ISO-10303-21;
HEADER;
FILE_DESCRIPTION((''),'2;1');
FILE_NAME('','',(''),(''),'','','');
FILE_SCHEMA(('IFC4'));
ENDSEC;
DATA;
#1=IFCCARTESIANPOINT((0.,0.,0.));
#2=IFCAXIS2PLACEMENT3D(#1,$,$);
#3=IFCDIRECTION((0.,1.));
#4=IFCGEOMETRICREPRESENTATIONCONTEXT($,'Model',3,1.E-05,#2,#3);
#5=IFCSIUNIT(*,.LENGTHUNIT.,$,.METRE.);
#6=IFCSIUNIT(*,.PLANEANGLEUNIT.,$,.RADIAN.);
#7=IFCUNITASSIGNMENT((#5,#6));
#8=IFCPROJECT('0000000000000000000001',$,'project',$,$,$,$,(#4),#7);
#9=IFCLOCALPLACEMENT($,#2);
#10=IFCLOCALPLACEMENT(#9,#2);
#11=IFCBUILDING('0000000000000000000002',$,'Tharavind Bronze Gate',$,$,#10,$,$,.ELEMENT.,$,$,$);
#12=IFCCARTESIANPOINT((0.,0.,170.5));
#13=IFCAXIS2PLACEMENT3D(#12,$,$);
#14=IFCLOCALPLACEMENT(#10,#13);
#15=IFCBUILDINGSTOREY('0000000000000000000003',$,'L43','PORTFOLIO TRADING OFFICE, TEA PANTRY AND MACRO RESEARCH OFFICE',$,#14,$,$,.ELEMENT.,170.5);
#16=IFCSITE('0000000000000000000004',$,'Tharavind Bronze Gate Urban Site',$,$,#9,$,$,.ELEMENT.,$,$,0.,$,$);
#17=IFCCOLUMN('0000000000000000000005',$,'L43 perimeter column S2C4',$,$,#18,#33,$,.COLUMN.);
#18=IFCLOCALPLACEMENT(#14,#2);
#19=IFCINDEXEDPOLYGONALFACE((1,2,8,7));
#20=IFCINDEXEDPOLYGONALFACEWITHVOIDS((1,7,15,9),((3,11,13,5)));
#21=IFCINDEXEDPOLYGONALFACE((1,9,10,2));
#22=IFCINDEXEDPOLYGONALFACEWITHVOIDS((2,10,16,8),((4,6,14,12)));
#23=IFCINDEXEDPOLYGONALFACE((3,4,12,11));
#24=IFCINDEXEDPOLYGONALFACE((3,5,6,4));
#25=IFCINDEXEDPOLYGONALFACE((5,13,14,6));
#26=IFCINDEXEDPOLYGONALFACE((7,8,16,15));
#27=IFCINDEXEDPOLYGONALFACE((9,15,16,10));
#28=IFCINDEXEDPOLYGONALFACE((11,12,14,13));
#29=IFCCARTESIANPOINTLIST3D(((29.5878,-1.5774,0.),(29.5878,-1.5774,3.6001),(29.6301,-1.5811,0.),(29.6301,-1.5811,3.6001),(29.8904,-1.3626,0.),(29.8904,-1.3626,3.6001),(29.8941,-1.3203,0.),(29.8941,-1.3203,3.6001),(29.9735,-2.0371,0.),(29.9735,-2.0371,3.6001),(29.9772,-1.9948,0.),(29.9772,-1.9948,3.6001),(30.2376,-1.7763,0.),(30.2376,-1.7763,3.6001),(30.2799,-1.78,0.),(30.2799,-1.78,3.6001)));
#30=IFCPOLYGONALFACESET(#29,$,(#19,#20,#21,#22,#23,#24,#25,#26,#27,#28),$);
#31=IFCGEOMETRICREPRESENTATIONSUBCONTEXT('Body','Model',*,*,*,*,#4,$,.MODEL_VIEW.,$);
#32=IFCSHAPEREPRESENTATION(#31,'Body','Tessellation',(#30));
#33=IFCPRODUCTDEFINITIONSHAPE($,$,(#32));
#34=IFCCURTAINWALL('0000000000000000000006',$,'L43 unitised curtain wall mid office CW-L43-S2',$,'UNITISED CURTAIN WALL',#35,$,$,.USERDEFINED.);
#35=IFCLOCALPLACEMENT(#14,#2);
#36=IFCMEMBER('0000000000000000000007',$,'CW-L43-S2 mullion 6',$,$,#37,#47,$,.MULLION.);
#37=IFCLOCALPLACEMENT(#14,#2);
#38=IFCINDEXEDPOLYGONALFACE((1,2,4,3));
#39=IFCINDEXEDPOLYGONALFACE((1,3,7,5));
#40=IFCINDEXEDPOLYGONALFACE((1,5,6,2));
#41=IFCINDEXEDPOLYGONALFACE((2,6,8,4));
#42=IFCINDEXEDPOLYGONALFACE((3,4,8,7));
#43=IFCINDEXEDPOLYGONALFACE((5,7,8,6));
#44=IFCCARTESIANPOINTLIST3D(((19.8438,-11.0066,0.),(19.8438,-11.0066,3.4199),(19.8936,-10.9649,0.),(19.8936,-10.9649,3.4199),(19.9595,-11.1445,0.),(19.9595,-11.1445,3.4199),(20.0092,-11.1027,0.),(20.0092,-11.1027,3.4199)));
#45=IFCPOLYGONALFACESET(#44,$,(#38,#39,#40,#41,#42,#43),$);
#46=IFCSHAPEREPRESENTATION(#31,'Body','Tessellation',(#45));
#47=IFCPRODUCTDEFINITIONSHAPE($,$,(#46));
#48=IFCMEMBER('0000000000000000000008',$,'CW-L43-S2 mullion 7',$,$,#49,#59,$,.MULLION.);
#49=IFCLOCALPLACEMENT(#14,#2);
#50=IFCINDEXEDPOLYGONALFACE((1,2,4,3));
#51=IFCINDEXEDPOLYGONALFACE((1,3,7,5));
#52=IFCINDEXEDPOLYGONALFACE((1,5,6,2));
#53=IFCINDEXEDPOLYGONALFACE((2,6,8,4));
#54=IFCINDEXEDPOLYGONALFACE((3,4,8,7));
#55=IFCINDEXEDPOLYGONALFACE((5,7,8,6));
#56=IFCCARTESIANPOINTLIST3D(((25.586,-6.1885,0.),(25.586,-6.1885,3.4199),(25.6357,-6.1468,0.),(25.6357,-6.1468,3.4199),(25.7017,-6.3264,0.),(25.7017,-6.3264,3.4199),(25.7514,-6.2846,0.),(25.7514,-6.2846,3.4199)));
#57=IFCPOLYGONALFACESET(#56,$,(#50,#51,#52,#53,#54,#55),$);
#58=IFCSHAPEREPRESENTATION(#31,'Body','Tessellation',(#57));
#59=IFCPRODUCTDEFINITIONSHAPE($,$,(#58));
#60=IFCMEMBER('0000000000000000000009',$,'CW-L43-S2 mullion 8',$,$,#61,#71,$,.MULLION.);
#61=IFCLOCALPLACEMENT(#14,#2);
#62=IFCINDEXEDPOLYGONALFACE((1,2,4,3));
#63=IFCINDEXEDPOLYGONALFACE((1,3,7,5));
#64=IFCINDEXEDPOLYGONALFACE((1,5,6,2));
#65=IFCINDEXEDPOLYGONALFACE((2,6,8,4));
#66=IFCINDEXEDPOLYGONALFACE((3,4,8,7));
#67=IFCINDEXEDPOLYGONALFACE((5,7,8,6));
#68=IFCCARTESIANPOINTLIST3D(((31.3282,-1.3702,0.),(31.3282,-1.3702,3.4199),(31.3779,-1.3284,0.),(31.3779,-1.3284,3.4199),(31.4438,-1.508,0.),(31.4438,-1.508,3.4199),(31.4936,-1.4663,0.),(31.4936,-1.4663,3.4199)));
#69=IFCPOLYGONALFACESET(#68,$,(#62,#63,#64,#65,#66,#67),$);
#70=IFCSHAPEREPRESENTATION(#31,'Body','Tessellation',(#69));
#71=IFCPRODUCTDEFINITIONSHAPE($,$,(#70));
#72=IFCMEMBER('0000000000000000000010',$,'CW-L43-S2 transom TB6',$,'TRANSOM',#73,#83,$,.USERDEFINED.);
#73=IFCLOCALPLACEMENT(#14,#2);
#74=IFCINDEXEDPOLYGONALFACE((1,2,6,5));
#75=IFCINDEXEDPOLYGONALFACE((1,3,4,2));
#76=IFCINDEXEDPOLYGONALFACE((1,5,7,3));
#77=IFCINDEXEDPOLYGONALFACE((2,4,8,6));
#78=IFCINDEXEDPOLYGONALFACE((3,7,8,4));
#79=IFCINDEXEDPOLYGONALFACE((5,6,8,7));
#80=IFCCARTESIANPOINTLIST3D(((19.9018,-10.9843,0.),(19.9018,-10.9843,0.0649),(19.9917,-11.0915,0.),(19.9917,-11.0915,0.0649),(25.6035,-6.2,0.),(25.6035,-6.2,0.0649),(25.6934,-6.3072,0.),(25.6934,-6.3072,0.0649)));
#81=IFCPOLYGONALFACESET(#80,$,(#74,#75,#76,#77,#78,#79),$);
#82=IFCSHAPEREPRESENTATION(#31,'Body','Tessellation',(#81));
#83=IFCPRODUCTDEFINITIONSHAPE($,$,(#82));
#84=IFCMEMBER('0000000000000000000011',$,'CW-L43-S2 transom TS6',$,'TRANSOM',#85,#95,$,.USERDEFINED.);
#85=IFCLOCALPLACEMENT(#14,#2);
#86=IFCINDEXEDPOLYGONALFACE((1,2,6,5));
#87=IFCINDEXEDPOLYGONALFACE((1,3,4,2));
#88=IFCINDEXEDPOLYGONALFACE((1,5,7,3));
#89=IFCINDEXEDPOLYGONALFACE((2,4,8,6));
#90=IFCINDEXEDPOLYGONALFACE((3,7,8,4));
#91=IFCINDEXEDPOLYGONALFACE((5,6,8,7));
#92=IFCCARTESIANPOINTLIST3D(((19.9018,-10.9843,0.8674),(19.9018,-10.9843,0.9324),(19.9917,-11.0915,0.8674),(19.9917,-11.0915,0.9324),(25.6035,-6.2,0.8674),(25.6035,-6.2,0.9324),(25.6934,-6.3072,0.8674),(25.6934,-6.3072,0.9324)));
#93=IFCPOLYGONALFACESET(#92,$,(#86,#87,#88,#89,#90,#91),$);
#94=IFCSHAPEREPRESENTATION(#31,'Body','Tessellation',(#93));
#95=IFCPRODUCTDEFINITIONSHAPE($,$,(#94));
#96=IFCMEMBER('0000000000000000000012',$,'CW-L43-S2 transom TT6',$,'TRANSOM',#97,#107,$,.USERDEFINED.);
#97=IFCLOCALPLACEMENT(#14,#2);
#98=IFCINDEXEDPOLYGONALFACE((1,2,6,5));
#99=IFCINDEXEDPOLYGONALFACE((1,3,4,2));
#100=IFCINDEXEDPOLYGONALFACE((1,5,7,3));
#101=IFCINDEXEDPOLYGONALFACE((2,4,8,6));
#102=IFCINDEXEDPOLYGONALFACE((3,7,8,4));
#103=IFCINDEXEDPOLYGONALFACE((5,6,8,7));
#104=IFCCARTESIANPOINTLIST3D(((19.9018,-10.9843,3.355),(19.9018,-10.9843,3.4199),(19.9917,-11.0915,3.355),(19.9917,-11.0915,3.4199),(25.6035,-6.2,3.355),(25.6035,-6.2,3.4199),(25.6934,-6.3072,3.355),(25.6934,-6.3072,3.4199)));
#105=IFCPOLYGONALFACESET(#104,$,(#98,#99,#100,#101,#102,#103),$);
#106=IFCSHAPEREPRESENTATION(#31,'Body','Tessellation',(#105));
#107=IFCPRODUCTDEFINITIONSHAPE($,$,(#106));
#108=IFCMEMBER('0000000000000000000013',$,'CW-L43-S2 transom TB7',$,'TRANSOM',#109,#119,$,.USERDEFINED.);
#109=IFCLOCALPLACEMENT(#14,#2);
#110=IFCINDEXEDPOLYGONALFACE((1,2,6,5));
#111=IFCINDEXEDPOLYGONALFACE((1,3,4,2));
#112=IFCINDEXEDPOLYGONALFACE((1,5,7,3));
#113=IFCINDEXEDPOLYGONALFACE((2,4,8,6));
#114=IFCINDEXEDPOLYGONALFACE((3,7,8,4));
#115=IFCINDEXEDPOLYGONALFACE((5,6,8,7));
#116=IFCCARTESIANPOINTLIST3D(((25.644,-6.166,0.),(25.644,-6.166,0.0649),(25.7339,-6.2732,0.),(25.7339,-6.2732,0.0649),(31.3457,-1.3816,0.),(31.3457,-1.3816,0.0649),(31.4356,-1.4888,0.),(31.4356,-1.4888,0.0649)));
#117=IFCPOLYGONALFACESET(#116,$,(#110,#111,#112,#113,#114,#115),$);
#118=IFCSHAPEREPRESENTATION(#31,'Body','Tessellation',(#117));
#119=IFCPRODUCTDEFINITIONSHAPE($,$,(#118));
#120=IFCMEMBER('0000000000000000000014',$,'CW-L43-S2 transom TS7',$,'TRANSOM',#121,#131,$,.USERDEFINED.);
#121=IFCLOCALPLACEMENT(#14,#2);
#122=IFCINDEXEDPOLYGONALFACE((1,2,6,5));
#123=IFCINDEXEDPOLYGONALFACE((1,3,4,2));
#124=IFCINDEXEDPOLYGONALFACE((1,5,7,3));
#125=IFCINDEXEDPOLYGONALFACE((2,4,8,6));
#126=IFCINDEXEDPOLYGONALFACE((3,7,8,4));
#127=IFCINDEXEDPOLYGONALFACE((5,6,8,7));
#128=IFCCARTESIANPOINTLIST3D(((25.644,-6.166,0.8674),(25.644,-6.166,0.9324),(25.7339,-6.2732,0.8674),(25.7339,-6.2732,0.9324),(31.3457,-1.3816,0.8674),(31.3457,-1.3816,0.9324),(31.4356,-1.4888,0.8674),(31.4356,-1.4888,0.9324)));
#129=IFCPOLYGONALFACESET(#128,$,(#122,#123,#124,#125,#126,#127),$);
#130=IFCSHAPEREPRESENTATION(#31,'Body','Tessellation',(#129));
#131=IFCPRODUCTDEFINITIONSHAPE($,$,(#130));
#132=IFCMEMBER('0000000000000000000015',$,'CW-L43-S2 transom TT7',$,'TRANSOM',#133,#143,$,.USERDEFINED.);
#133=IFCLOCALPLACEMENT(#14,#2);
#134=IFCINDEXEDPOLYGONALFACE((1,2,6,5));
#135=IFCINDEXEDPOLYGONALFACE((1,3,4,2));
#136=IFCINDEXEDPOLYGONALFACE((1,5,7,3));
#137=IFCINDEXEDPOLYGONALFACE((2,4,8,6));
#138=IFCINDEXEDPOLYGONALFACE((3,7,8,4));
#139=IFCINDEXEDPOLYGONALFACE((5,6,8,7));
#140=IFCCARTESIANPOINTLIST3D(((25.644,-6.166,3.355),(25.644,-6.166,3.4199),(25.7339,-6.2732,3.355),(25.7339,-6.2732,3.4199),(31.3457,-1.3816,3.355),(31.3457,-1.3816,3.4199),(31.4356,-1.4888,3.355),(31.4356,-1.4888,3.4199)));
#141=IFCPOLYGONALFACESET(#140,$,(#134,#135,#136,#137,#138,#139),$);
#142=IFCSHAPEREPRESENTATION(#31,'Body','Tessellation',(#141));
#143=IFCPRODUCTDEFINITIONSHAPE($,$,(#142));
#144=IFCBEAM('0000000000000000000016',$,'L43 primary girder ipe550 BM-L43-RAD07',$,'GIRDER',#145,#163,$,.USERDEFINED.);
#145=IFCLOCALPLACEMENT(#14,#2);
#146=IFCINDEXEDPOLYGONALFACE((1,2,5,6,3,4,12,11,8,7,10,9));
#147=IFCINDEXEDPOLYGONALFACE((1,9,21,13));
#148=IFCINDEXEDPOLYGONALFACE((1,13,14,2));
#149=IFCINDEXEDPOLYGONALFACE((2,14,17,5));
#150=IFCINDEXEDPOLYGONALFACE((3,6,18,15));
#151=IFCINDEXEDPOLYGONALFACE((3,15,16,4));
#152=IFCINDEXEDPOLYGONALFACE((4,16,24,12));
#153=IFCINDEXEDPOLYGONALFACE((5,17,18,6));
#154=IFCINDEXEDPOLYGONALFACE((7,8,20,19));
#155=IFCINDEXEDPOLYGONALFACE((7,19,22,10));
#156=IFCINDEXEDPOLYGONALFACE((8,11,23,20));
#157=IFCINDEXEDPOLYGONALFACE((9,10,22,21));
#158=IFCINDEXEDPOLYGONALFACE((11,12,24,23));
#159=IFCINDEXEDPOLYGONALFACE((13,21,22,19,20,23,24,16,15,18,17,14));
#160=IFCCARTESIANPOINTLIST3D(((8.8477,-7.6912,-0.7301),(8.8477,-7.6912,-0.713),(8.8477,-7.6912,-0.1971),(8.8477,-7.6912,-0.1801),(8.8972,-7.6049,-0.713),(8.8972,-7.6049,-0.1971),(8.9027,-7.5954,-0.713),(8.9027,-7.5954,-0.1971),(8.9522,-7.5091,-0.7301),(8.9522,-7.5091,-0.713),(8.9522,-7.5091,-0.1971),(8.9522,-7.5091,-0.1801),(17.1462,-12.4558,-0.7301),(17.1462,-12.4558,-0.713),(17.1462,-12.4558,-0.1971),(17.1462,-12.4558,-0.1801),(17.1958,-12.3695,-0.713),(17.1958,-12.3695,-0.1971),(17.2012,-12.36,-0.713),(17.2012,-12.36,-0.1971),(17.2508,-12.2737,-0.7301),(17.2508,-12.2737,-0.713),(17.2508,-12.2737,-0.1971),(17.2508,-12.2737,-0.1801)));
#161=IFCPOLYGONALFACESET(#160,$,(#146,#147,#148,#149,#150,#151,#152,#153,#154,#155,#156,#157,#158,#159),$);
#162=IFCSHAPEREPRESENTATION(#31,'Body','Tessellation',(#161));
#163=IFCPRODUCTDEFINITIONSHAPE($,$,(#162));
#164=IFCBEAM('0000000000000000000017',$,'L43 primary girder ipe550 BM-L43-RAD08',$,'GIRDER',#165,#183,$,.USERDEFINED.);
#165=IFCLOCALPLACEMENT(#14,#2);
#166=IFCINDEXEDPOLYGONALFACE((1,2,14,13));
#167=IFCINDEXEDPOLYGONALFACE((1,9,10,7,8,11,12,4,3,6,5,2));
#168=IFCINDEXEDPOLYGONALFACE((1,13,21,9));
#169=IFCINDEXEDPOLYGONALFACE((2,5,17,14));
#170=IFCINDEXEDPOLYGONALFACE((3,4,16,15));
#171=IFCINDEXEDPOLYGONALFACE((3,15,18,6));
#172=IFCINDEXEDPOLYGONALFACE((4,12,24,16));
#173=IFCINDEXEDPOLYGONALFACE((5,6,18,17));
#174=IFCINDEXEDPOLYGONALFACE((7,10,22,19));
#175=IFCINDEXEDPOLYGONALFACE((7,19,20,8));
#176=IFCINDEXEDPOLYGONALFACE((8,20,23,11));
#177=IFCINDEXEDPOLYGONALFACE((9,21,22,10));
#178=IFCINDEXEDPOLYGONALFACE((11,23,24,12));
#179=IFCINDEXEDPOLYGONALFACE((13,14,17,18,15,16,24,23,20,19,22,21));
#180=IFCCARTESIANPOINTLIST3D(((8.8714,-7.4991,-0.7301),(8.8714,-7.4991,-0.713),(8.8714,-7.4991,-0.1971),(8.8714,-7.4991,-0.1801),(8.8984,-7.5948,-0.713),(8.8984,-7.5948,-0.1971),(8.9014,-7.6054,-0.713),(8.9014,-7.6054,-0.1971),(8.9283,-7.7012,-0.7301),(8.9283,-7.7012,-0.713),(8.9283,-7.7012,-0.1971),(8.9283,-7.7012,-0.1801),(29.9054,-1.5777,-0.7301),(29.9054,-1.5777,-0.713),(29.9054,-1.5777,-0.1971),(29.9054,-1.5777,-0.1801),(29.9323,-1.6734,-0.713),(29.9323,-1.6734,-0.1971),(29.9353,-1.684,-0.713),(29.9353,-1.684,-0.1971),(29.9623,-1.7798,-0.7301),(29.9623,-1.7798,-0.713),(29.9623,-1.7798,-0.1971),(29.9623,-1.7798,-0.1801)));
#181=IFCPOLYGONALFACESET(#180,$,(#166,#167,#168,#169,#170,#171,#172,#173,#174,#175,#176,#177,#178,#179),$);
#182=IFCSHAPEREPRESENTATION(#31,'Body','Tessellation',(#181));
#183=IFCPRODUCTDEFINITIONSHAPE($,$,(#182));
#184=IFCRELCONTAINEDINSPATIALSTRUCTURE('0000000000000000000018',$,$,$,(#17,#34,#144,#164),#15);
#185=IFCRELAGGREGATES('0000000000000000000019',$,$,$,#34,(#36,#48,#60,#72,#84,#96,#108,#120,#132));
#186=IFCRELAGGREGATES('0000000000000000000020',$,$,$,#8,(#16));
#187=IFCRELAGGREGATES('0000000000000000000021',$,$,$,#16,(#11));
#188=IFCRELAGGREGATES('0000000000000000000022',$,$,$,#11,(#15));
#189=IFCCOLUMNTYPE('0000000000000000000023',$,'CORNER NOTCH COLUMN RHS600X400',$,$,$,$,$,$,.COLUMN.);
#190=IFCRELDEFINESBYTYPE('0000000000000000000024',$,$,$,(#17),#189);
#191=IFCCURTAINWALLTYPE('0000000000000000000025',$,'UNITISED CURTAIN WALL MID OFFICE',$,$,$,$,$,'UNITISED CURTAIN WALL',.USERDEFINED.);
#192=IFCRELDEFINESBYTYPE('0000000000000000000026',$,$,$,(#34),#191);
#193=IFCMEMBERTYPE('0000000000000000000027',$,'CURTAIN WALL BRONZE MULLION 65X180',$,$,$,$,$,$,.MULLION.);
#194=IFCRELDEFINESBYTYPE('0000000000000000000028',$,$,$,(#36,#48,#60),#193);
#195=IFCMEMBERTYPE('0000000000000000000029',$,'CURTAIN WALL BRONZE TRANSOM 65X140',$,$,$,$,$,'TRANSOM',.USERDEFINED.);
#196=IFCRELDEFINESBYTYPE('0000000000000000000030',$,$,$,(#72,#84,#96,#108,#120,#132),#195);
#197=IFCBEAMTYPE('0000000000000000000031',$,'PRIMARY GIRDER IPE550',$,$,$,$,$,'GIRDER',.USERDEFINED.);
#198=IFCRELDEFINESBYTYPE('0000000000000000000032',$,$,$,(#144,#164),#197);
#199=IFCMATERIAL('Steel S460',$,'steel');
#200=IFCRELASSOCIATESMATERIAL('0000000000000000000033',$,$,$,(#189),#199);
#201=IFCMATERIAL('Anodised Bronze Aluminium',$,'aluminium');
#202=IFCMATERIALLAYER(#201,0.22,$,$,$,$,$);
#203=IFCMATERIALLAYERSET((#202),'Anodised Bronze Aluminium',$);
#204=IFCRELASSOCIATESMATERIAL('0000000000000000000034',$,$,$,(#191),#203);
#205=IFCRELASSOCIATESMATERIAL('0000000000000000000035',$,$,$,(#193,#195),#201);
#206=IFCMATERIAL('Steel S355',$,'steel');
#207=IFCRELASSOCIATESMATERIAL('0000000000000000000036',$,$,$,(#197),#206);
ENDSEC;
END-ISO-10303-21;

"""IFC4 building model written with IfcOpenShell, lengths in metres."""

from ifc_helpers import new_model, si_unit, direction, frame, origin, origin_2d, place, context, subcontext, project, spatial, rectangle, hollow_rectangle, i_section, extrude, material, layer, layer_set, material_profile, profile_set, type_object, element, aggregate, save


model = new_model("IFC4")

# Units and contexts
model_context = context("Model", 3, precision=1e-05, world=origin(), true_north=direction((0.0, 1.0)))
body_context = subcontext(model_context, "Body", "Model", "MODEL_VIEW")
ifc_project = project(units=[si_unit("LENGTHUNIT", "METRE"), si_unit("PLANEANGLEUNIT", "RADIAN")], contexts=[model_context])

# Site, building, storey
site_placement = place(None, origin())
site = spatial("IfcSite", under=ifc_project, at=site_placement, Name="Tharavind Bronze Gate Urban Site", CompositionType="ELEMENT", RefElevation=0.0)
building_placement = place(site_placement, origin())
building = spatial("IfcBuilding", under=site, at=building_placement, Name="Tharavind Bronze Gate", CompositionType="ELEMENT")
storey_placement = place(building_placement, frame((0.0, 0.0, 170.5)))
storey = spatial("IfcBuildingStorey", under=building, at=storey_placement, Name="L43", Description="PORTFOLIO TRADING OFFICE, TEA PANTRY AND MACRO RESEARCH OFFICE", CompositionType="ELEMENT", Elevation=170.5)

# Column
ifc_material_1 = material(Name="Steel S460", Category="steel")
ifc_material_profile_1 = material_profile(ifc_material_1, hollow_rectangle(XDim=0.3999, YDim=0.6001, WallThickness=0.03, at=origin_2d()), Name="RHS600X400X30")
ifc_profile_set_1 = profile_set([ifc_material_profile_1], Name="Steel S460")
column_type = type_object("IfcColumnType", Name="CORNER NOTCH COLUMN RHS600X400", PredefinedType="COLUMN", material=ifc_profile_set_1)
column_placement = place(storey_placement, frame((29.9338, -1.6787, 0.0), z_axis=(0.0, 0.0, 1.0), x_axis=(0.766043, 0.642789, 0.0)))
element("IfcColumn", 1, at=column_placement, inside=storey, type_object=column_type, Name="L43 perimeter column S2C4", PredefinedType="COLUMN", context=body_context, shape_type="SweptSolid", body=[
    extrude(hollow_rectangle(XDim=0.3999, YDim=0.6001, WallThickness=0.03, at=origin_2d()), origin(), (0.0, 0.0, 1.0), 3.6001),
])

# Curtain wall, members
ifc_material_2 = material(Name="Anodised Bronze Aluminium", Category="aluminium")
ifc_layer_1 = layer(ifc_material_2, 0.22)
ifc_layer_set_1 = layer_set([ifc_layer_1], Name="Anodised Bronze Aluminium")
curtain_wall_type = type_object("IfcCurtainWallType", Name="UNITISED CURTAIN WALL MID OFFICE", ElementType="UNITISED CURTAIN WALL", PredefinedType="USERDEFINED", material=ifc_layer_set_1)
curtain_wall_placement = place(storey_placement, origin())
curtain_wall = element("IfcCurtainWall", 2, at=curtain_wall_placement, inside=storey, type_object=curtain_wall_type, Name="L43 unitised curtain wall mid office CW-L43-S2", ObjectType="UNITISED CURTAIN WALL", PredefinedType="USERDEFINED")
member_type_1 = type_object("IfcMemberType", Name="CURTAIN WALL BRONZE MULLION 65X180", PredefinedType="MULLION", material=ifc_material_2)
member_1_placement = place(storey_placement, frame((19.9265, -11.0547, 0.0), z_axis=(0.0, 0.0, 1.0), x_axis=(0.766043, 0.642789, 0.0)))
member_1 = element("IfcMember", 3, at=member_1_placement, type_object=member_type_1, Name="CW-L43-S2 mullion 6", PredefinedType="MULLION", context=body_context, shape_type="SweptSolid", body=[
    extrude(rectangle(XDim=0.0649, YDim=0.1799, at=origin_2d()), origin(), (0.0, 0.0, 1.0), 3.4199),
])
member_2_placement = place(storey_placement, frame((25.6687, -6.2366, 0.0), z_axis=(0.0, 0.0, 1.0), x_axis=(0.766043, 0.642789, 0.0)))
member_2 = element("IfcMember", 4, at=member_2_placement, type_object=member_type_1, Name="CW-L43-S2 mullion 7", PredefinedType="MULLION", context=body_context, shape_type="SweptSolid", body=[
    extrude(rectangle(XDim=0.0649, YDim=0.1799, at=origin_2d()), origin(), (0.0, 0.0, 1.0), 3.4199),
])
member_3_placement = place(storey_placement, frame((31.4109, -1.4182, 0.0), z_axis=(0.0, 0.0, 1.0), x_axis=(0.766043, 0.642789, 0.0)))
member_3 = element("IfcMember", 5, at=member_3_placement, type_object=member_type_1, Name="CW-L43-S2 mullion 8", PredefinedType="MULLION", context=body_context, shape_type="SweptSolid", body=[
    extrude(rectangle(XDim=0.0649, YDim=0.1799, at=origin_2d()), origin(), (0.0, 0.0, 1.0), 3.4199),
])
member_type_2 = type_object("IfcMemberType", Name="CURTAIN WALL BRONZE TRANSOM 65X140", ElementType="TRANSOM", PredefinedType="USERDEFINED", material=ifc_material_2)
member_4_placement = place(storey_placement, frame((22.7976, -8.6458, 0.0), z_axis=(0.0, 0.0, 1.0), x_axis=(0.766043, 0.642789, 0.0)))
member_4 = element("IfcMember", 6, at=member_4_placement, type_object=member_type_2, Name="CW-L43-S2 transom TB6", ObjectType="TRANSOM", PredefinedType="USERDEFINED", context=body_context, shape_type="SweptSolid", body=[
    extrude(rectangle(XDim=7.4431, YDim=0.1399, at=origin_2d()), origin(), (0.0, 0.0, 1.0), 0.0649),
])
member_5_placement = place(storey_placement, frame((22.7976, -8.6458, 0.8674), z_axis=(0.0, 0.0, 1.0), x_axis=(0.766043, 0.642789, 0.0)))
member_5 = element("IfcMember", 7, at=member_5_placement, type_object=member_type_2, Name="CW-L43-S2 transom TS6", ObjectType="TRANSOM", PredefinedType="USERDEFINED", context=body_context, shape_type="SweptSolid", body=[
    extrude(rectangle(XDim=7.4431, YDim=0.1399, at=origin_2d()), origin(), (0.0, 0.0, 1.0), 0.0649),
])
member_6_placement = place(storey_placement, frame((22.7976, -8.6458, 3.355), z_axis=(0.0, 0.0, 1.0), x_axis=(0.766043, 0.642789, 0.0)))
member_6 = element("IfcMember", 8, at=member_6_placement, type_object=member_type_2, Name="CW-L43-S2 transom TT6", ObjectType="TRANSOM", PredefinedType="USERDEFINED", context=body_context, shape_type="SweptSolid", body=[
    extrude(rectangle(XDim=7.4431, YDim=0.1399, at=origin_2d()), origin(), (0.0, 0.0, 1.0), 0.0649),
])
member_7_placement = place(storey_placement, frame((28.5398, -3.8274, 0.0), z_axis=(0.0, 0.0, 1.0), x_axis=(0.766043, 0.642789, 0.0)))
member_7 = element("IfcMember", 9, at=member_7_placement, type_object=member_type_2, Name="CW-L43-S2 transom TB7", ObjectType="TRANSOM", PredefinedType="USERDEFINED", context=body_context, shape_type="SweptSolid", body=[
    extrude(rectangle(XDim=7.4431, YDim=0.1399, at=origin_2d()), origin(), (0.0, 0.0, 1.0), 0.0649),
])
member_8_placement = place(storey_placement, frame((28.5398, -3.8274, 0.8674), z_axis=(0.0, 0.0, 1.0), x_axis=(0.766043, 0.642789, 0.0)))
member_8 = element("IfcMember", 10, at=member_8_placement, type_object=member_type_2, Name="CW-L43-S2 transom TS7", ObjectType="TRANSOM", PredefinedType="USERDEFINED", context=body_context, shape_type="SweptSolid", body=[
    extrude(rectangle(XDim=7.4431, YDim=0.1399, at=origin_2d()), origin(), (0.0, 0.0, 1.0), 0.0649),
])
member_9_placement = place(storey_placement, frame((28.5398, -3.8274, 3.355), z_axis=(0.0, 0.0, 1.0), x_axis=(0.766043, 0.642789, 0.0)))
member_9 = element("IfcMember", 11, at=member_9_placement, type_object=member_type_2, Name="CW-L43-S2 transom TT7", ObjectType="TRANSOM", PredefinedType="USERDEFINED", context=body_context, shape_type="SweptSolid", body=[
    extrude(rectangle(XDim=7.4431, YDim=0.1399, at=origin_2d()), origin(), (0.0, 0.0, 1.0), 0.0649),
])

# Beams
ifc_material_3 = material(Name="Steel S355", Category="steel")
ifc_material_profile_2 = material_profile(ifc_material_3, i_section(OverallWidth=0.21, OverallDepth=0.55, WebThickness=0.011, FlangeThickness=0.0171, at=origin_2d()), Name="IPE550")
ifc_profile_set_2 = profile_set([ifc_material_profile_2], Name="Steel S355")
beam_type_1 = type_object("IfcBeamType", Name="PRIMARY GIRDER IPE550", ElementType="GIRDER", PredefinedType="USERDEFINED", material=ifc_profile_set_2)
beam_1_placement = place(storey_placement, frame((17.1985, -12.3647, -0.4551), z_axis=(-0.867224, 0.497918, 0.0), x_axis=(-0.497918, -0.867224, 0.0)))
element("IfcBeam", 12, at=beam_1_placement, inside=storey, type_object=beam_type_1, Name="L43 primary girder ipe550 BM-L43-RAD07", ObjectType="GIRDER", PredefinedType="USERDEFINED", context=body_context, shape_type="SweptSolid", body=[
    extrude(i_section(OverallWidth=0.21, OverallDepth=0.55, WebThickness=0.011, FlangeThickness=0.0171, at=origin_2d()), origin(), (0.0, 0.0, 1.0), 9.5691),
])
beam_2_placement = place(storey_placement, frame((29.9338, -1.6787, -0.4551), z_axis=(-0.962584, -0.270983, 0.0), x_axis=(0.270983, -0.962584, 0.0)))
element("IfcBeam", 13, at=beam_2_placement, inside=storey, type_object=beam_type_1, Name="L43 primary girder ipe550 BM-L43-RAD08", ObjectType="GIRDER", PredefinedType="USERDEFINED", context=body_context, shape_type="SweptSolid", body=[
    extrude(i_section(OverallWidth=0.21, OverallDepth=0.55, WebThickness=0.011, FlangeThickness=0.0171, at=origin_2d()), origin(), (0.0, 0.0, 1.0), 21.8516),
])

aggregate(curtain_wall, [member_1, member_2, member_3, member_4, member_5, member_6, member_7, member_8, member_9])

save(model, "model.ifc")
